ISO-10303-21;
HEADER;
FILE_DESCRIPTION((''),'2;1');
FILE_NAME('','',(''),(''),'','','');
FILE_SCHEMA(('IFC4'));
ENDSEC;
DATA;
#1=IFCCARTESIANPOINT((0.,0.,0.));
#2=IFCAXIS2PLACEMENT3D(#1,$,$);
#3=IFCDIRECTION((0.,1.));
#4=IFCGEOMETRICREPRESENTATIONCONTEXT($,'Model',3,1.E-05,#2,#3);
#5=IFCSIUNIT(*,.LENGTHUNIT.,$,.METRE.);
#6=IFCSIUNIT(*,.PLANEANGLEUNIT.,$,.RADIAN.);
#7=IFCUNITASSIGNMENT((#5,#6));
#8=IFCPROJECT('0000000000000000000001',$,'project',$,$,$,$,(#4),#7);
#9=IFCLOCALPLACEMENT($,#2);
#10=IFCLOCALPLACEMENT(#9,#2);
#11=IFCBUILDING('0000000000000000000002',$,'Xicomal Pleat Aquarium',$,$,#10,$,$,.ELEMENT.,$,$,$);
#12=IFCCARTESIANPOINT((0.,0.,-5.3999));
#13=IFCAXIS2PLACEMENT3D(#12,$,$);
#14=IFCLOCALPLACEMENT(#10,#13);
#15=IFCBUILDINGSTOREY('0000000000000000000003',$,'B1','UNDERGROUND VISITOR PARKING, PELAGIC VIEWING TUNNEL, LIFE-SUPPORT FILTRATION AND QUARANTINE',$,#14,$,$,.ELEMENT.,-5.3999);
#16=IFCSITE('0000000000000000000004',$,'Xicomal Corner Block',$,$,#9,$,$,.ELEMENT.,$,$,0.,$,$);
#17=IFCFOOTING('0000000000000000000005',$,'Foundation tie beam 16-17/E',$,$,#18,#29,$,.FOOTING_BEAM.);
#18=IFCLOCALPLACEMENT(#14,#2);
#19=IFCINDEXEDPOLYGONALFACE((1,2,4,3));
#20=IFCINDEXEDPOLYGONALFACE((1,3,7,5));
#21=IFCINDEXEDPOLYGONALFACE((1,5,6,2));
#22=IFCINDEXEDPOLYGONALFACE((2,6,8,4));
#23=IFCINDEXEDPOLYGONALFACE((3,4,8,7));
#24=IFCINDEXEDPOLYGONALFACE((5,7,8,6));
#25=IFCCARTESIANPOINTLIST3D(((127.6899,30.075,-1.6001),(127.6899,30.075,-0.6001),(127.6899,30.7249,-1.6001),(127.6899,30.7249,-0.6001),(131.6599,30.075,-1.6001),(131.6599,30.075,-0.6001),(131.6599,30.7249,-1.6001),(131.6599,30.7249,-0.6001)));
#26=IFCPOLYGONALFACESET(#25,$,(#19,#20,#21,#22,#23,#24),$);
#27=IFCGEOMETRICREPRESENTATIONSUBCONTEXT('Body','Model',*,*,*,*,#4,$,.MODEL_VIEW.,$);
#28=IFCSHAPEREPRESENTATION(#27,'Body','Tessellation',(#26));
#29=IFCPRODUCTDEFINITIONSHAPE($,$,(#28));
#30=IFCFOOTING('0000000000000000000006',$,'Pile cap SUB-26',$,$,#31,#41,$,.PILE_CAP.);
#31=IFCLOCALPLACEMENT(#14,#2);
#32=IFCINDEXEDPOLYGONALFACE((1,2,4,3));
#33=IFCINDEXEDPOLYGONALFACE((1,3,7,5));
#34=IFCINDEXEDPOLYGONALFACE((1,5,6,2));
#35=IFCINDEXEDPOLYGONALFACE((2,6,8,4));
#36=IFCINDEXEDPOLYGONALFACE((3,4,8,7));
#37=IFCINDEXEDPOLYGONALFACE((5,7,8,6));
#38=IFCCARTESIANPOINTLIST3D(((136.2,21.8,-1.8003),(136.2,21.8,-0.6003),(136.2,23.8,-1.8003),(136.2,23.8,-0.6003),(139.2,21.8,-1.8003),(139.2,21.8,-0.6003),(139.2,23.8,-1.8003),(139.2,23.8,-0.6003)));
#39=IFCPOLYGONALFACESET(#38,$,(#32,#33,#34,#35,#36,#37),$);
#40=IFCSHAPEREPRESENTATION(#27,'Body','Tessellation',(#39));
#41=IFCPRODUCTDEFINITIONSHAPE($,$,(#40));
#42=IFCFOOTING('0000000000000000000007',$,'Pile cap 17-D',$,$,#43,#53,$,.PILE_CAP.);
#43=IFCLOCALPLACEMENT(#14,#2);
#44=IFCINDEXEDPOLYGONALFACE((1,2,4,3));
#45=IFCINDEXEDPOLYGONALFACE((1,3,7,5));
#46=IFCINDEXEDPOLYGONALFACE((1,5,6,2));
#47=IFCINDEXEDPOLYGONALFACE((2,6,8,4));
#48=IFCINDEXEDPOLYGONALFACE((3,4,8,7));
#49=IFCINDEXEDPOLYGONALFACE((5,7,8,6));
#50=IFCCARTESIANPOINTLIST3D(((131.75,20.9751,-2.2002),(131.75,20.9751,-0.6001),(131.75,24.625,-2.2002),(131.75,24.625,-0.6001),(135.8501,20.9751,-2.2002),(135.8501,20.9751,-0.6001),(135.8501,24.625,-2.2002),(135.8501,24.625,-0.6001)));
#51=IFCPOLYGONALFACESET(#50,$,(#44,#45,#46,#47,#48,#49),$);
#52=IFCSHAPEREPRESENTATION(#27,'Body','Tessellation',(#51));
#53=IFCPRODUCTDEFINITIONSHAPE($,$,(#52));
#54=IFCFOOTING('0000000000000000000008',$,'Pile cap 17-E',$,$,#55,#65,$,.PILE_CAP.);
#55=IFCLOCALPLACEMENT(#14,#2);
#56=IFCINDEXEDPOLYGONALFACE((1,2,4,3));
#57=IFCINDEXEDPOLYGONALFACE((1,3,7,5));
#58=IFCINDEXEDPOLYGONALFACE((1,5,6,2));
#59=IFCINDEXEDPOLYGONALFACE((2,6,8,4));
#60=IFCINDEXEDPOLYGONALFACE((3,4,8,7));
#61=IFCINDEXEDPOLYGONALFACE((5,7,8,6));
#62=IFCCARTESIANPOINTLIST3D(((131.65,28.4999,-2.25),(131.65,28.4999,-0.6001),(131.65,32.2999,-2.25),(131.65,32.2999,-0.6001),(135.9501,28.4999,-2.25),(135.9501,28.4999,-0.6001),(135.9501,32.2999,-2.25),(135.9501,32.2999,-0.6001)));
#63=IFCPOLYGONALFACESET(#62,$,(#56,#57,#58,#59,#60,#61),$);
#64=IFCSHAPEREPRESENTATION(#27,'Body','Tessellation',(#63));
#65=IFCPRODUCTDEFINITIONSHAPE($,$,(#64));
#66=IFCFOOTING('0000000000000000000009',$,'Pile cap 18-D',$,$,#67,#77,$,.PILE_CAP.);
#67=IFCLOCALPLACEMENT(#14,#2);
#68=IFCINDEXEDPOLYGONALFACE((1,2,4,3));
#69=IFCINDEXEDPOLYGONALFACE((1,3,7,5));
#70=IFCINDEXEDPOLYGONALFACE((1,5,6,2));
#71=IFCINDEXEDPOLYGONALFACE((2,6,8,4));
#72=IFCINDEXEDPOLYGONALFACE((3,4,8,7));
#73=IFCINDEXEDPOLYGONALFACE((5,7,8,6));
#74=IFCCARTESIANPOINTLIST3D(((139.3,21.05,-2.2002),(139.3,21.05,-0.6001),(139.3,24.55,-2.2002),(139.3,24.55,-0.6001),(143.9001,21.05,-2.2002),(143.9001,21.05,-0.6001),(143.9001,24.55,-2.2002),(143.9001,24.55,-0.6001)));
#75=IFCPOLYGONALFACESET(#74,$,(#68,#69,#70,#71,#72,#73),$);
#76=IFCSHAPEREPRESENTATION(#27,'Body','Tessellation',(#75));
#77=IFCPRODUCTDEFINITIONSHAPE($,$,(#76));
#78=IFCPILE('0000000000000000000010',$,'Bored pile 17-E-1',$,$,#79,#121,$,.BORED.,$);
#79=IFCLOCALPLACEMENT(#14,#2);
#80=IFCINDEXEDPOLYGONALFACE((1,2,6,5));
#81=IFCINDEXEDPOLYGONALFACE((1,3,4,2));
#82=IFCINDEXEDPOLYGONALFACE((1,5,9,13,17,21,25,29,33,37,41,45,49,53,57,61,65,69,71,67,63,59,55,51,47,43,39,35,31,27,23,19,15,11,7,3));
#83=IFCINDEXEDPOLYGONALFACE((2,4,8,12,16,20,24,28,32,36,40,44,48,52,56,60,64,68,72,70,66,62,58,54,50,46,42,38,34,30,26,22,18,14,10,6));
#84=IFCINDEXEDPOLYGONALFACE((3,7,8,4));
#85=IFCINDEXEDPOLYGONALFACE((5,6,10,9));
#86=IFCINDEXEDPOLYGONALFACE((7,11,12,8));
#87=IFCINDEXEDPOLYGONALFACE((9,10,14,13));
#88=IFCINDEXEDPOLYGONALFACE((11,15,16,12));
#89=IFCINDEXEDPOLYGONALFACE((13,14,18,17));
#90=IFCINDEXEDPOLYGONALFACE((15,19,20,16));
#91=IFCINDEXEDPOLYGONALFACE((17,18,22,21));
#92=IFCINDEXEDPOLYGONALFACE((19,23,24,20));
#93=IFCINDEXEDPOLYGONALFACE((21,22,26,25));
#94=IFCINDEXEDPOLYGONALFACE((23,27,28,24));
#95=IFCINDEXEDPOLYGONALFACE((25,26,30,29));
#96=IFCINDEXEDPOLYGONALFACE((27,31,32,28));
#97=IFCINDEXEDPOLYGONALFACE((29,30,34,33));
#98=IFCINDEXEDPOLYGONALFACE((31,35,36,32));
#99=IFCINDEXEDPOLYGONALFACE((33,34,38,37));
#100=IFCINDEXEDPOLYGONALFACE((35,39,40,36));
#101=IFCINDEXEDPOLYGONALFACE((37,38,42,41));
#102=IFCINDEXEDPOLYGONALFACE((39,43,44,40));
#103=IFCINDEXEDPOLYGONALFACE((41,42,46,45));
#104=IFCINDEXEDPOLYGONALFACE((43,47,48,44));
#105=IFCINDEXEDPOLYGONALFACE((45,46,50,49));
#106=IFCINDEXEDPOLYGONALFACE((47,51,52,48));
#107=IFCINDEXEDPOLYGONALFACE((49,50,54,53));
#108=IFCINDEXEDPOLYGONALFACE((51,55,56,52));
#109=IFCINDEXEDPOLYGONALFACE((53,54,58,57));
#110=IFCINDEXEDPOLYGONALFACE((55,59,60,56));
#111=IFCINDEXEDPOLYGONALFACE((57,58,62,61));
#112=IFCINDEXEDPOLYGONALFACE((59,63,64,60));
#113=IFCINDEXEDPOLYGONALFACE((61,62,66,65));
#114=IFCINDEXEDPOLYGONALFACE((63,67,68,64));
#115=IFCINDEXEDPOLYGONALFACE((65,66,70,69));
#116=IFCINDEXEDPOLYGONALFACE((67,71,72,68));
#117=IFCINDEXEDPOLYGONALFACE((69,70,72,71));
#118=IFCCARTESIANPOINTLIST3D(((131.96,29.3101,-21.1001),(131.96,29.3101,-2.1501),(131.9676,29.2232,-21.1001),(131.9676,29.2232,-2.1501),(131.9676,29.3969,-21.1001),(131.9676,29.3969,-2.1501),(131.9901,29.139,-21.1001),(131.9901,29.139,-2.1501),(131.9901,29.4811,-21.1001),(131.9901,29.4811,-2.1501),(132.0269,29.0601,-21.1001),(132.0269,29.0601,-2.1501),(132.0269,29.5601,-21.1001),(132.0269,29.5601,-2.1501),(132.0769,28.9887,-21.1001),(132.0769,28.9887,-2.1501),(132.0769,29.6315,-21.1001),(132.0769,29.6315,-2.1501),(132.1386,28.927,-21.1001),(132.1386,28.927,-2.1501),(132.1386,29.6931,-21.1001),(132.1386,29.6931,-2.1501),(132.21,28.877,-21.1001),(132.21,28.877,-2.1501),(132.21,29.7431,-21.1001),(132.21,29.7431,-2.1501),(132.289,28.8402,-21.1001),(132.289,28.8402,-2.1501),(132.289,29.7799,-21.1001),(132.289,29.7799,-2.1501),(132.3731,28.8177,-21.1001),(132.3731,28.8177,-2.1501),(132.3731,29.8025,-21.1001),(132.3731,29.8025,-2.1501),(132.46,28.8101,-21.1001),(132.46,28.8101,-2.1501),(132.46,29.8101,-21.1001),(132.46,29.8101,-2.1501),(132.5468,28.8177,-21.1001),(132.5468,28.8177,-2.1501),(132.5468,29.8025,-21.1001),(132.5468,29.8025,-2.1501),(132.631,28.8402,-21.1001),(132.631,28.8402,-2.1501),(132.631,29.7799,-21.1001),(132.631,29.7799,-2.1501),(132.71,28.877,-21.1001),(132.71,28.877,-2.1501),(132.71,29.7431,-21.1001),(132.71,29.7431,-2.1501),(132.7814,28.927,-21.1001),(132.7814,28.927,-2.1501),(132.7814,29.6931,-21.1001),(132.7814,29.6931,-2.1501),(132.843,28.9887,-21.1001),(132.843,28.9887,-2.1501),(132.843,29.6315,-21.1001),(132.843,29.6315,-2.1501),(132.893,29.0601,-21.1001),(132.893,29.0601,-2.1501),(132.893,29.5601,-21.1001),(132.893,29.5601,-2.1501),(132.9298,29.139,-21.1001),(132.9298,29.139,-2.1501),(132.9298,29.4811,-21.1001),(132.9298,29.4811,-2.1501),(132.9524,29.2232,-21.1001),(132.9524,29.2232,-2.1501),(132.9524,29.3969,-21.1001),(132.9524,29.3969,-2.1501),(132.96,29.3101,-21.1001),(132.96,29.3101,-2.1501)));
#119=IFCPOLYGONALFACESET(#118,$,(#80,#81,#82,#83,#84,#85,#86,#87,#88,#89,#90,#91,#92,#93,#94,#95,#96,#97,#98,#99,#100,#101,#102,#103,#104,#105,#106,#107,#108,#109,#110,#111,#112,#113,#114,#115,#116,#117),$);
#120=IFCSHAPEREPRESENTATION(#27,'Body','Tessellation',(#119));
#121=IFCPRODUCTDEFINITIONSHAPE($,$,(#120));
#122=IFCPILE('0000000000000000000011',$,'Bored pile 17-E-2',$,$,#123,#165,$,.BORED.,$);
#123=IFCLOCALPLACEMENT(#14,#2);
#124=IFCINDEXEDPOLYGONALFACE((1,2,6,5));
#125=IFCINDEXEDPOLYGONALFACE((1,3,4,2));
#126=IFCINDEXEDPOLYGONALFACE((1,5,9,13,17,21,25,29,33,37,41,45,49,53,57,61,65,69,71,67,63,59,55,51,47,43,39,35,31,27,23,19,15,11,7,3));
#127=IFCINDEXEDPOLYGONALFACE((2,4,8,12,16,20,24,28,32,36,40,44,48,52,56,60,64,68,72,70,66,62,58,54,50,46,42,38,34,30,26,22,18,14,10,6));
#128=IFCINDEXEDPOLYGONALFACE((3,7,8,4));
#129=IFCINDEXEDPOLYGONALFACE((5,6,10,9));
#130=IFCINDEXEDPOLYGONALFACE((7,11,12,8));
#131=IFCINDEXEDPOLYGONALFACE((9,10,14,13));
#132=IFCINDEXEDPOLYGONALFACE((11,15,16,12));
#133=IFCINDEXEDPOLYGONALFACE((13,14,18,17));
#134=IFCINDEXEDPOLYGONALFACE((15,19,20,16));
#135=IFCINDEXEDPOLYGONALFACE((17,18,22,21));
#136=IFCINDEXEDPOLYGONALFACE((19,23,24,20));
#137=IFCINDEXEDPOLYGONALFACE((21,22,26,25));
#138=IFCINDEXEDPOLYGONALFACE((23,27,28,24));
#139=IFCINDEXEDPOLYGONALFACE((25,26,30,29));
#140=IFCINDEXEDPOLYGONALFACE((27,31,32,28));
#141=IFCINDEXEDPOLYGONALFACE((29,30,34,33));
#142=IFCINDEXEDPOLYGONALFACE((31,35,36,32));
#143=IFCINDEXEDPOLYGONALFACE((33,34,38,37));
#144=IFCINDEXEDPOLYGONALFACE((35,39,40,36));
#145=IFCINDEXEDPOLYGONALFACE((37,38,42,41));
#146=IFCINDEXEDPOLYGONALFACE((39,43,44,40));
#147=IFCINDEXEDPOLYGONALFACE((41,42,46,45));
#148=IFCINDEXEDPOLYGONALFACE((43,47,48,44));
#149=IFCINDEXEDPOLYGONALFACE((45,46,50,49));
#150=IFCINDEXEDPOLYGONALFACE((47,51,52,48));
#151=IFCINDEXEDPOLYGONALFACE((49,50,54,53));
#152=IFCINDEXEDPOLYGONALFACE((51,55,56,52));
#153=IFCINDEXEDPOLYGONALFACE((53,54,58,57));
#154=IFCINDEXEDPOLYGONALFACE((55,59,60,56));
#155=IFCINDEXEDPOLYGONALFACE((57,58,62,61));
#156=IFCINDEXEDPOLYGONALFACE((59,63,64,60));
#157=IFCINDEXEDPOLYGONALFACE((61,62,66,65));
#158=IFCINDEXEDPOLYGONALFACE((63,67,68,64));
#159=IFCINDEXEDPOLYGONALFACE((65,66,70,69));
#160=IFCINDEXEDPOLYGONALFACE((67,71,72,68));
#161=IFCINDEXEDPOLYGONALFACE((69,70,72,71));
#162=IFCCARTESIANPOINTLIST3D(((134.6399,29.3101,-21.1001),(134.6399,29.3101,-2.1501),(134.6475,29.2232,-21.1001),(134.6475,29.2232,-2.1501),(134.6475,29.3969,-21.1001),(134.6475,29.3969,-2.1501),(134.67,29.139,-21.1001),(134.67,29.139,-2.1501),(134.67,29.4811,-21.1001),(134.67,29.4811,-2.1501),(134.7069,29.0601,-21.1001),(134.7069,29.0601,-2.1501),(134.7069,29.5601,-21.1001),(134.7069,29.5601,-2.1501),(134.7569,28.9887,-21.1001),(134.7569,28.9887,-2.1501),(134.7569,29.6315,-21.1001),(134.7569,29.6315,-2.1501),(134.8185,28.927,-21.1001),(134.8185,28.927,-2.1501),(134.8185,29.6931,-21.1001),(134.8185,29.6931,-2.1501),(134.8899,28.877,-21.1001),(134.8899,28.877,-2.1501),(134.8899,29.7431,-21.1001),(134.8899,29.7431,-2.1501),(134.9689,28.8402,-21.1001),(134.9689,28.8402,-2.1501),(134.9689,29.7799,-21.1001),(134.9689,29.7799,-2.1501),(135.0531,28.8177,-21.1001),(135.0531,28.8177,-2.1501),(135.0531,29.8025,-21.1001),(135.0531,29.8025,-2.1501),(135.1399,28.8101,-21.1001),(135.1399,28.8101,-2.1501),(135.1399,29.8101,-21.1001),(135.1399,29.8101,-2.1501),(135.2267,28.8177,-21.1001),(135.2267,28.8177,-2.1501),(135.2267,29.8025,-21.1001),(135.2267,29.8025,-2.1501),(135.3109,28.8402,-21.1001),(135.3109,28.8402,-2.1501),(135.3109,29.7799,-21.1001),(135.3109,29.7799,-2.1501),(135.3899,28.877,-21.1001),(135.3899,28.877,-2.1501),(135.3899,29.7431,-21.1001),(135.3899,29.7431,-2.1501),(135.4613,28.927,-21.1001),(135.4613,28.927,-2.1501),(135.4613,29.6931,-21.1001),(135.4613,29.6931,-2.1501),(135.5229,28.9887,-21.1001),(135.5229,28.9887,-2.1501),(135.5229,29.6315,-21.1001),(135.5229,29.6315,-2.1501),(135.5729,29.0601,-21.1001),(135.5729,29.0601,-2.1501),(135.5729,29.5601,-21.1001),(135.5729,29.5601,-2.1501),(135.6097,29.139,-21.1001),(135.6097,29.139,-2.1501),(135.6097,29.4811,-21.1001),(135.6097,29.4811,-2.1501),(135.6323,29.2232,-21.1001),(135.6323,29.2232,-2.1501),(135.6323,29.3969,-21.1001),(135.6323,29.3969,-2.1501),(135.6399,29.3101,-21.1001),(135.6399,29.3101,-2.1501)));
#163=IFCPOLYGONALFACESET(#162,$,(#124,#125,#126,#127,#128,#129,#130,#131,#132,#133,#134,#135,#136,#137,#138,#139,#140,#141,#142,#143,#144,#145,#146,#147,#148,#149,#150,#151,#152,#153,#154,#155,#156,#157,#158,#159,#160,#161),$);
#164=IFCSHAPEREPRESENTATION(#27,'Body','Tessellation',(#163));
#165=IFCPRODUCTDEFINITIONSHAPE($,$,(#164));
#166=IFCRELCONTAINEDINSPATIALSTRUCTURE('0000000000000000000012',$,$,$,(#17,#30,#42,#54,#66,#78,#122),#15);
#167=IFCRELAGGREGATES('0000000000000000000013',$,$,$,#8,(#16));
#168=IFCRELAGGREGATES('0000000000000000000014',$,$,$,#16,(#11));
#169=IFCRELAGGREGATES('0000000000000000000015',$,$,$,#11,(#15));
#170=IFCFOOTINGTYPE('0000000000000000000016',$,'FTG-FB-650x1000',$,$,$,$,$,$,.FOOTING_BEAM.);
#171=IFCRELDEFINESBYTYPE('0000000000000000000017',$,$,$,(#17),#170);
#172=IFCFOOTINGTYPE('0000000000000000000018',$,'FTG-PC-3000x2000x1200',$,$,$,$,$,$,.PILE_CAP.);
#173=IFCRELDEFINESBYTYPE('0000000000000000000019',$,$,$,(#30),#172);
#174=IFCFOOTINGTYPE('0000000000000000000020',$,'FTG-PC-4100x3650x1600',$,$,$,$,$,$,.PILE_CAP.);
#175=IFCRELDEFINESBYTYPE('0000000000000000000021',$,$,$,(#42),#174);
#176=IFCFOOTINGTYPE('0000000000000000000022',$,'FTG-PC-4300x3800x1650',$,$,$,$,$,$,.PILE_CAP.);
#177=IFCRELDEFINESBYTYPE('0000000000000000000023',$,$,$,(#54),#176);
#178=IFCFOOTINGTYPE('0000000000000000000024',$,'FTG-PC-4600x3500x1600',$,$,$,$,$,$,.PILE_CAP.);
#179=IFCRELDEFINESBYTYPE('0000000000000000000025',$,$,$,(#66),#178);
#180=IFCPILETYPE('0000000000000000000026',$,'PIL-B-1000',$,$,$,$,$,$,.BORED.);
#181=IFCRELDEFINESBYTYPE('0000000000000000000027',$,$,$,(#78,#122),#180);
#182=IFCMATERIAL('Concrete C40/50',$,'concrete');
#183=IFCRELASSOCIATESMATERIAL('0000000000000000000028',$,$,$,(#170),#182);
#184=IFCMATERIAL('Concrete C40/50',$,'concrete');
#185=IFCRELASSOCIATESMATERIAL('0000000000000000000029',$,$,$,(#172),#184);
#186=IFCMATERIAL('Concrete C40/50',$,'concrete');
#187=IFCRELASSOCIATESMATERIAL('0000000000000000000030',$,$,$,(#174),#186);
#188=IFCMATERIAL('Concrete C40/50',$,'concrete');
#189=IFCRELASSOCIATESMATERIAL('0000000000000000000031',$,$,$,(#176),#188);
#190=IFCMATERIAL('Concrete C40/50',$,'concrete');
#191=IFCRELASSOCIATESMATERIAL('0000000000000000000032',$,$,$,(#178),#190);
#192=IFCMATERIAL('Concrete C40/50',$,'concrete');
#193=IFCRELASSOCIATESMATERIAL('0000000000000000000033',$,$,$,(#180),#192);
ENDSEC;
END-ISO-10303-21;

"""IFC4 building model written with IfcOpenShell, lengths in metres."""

from ifc_helpers import new_model, si_unit, direction, frame, origin, origin_2d, place, context, subcontext, project, spatial, rectangle, circle, extrude, material, material_profile, profile_set, type_object, element, save


model = new_model("IFC4")

# Units and contexts
model_context = context("Model", 3, precision=1e-05, world=origin(), true_north=direction((0.0, 1.0)))
body_context = subcontext(model_context, "Body", "Model", "MODEL_VIEW")
ifc_project = project(units=[si_unit("LENGTHUNIT", "METRE"), si_unit("PLANEANGLEUNIT", "RADIAN")], contexts=[model_context])

# Site, building, storey
site_placement = place(None, origin())
site = spatial("IfcSite", under=ifc_project, at=site_placement, Name="Xicomal Corner Block", CompositionType="ELEMENT", RefElevation=0.0)
building_placement = place(site_placement, origin())
building = spatial("IfcBuilding", under=site, at=building_placement, Name="Xicomal Pleat Aquarium", CompositionType="ELEMENT")
storey_placement = place(building_placement, frame((0.0, 0.0, -5.3999)))
storey = spatial("IfcBuildingStorey", under=building, at=storey_placement, Name="B1", Description="UNDERGROUND VISITOR PARKING, PELAGIC VIEWING TUNNEL, LIFE-SUPPORT FILTRATION AND QUARANTINE", CompositionType="ELEMENT", Elevation=-5.3999)

# Footings
ifc_material_1 = material(Name="Concrete C40/50", Category="concrete")
ifc_material_profile_1 = material_profile(ifc_material_1, rectangle(XDim=0.6499, YDim=1.0, at=origin_2d()), Name="FB-03 650x1000")
ifc_profile_set_1 = profile_set([ifc_material_profile_1], Name="Concrete C40/50")
footing_type_1 = type_object("IfcFootingType", Name="FTG-FB-650x1000", PredefinedType="FOOTING_BEAM", material=ifc_profile_set_1)
footing_1_placement = place(storey_placement, frame((127.6899, 30.3999, -1.1001), z_axis=(1.0, 0.0, 0.0), x_axis=(0.0, 1.0, 0.0)))
element("IfcFooting", 1, at=footing_1_placement, inside=storey, type_object=footing_type_1, Name="Foundation tie beam 16-17/E", PredefinedType="FOOTING_BEAM", context=body_context, shape_type="SweptSolid", body=[
    extrude(rectangle(XDim=0.6499, YDim=1.0, at=origin_2d()), origin(), (0.0, 0.0, 1.0), 3.97),
])
ifc_material_2 = material(Name="Concrete C40/50", Category="concrete")
footing_type_2 = type_object("IfcFootingType", Name="FTG-PC-3000x2000x1200", PredefinedType="PILE_CAP", material=ifc_material_2)
footing_2_placement = place(storey_placement, frame((137.7, 22.8, -1.8003), z_axis=(0.0, 0.0, 1.0), x_axis=(1.0, 0.0, 0.0)))
element("IfcFooting", 2, at=footing_2_placement, inside=storey, type_object=footing_type_2, Name="Pile cap SUB-26", PredefinedType="PILE_CAP", context=body_context, shape_type="SweptSolid", body=[
    extrude(rectangle(XDim=3.0, YDim=2.0, at=origin_2d()), origin(), (0.0, 0.0, 1.0), 1.2),
])
ifc_material_3 = material(Name="Concrete C40/50", Category="concrete")
footing_type_3 = type_object("IfcFootingType", Name="FTG-PC-4100x3650x1600", PredefinedType="PILE_CAP", material=ifc_material_3)
footing_3_placement = place(storey_placement, frame((133.8, 22.8, -2.2002), z_axis=(0.0, 0.0, 1.0), x_axis=(1.0, 0.0, 0.0)))
element("IfcFooting", 3, at=footing_3_placement, inside=storey, type_object=footing_type_3, Name="Pile cap 17-D", PredefinedType="PILE_CAP", context=body_context, shape_type="SweptSolid", body=[
    extrude(rectangle(XDim=4.1001, YDim=3.6499, at=origin_2d()), origin(), (0.0, 0.0, 1.0), 1.6001),
])
ifc_material_4 = material(Name="Concrete C40/50", Category="concrete")
footing_type_4 = type_object("IfcFootingType", Name="FTG-PC-4300x3800x1650", PredefinedType="PILE_CAP", material=ifc_material_4)
footing_4_placement = place(storey_placement, frame((133.8, 30.3999, -2.25), z_axis=(0.0, 0.0, 1.0), x_axis=(1.0, 0.0, 0.0)))
element("IfcFooting", 4, at=footing_4_placement, inside=storey, type_object=footing_type_4, Name="Pile cap 17-E", PredefinedType="PILE_CAP", context=body_context, shape_type="SweptSolid", body=[
    extrude(rectangle(XDim=4.3, YDim=3.8, at=origin_2d()), origin(), (0.0, 0.0, 1.0), 1.6499),
])
ifc_material_5 = material(Name="Concrete C40/50", Category="concrete")
footing_type_5 = type_object("IfcFootingType", Name="FTG-PC-4600x3500x1600", PredefinedType="PILE_CAP", material=ifc_material_5)
footing_5_placement = place(storey_placement, frame((141.6001, 22.8, -2.2002), z_axis=(0.0, 0.0, 1.0), x_axis=(1.0, 0.0, 0.0)))
element("IfcFooting", 5, at=footing_5_placement, inside=storey, type_object=footing_type_5, Name="Pile cap 18-D", PredefinedType="PILE_CAP", context=body_context, shape_type="SweptSolid", body=[
    extrude(rectangle(XDim=4.6001, YDim=3.5, at=origin_2d()), origin(), (0.0, 0.0, 1.0), 1.6001),
])

# Piles
ifc_material_6 = material(Name="Concrete C40/50", Category="concrete")
ifc_material_profile_2 = material_profile(ifc_material_6, circle(Radius=0.5, at=origin_2d()), Name="BORED PILE D1000")
ifc_profile_set_2 = profile_set([ifc_material_profile_2], Name="Concrete C40/50")
pile_type_1 = type_object("IfcPileType", Name="PIL-B-1000", PredefinedType="BORED", material=ifc_profile_set_2)
for number, where, z_axis, x_axis, name in (
    (6, (132.46, 29.3101, -2.1501), (0.0, 0.0, -1.0), (1.0, 0.0, 0.0), "Bored pile 17-E-1"),
    (7, (135.1399, 29.3101, -2.1501), (0.0, 0.0, -1.0), (1.0, 0.0, 0.0), "Bored pile 17-E-2"),
):
    element("IfcPile", number, at=place(storey_placement, frame(where, z_axis=z_axis, x_axis=x_axis)), inside=storey, type_object=pile_type_1, Name=name, PredefinedType="BORED", context=body_context, shape_type="SweptSolid", body=[
        extrude(circle(Radius=0.5, at=origin_2d()), origin(), (0.0, 0.0, 1.0), 18.95),
    ])

save(model, "model.ifc")
